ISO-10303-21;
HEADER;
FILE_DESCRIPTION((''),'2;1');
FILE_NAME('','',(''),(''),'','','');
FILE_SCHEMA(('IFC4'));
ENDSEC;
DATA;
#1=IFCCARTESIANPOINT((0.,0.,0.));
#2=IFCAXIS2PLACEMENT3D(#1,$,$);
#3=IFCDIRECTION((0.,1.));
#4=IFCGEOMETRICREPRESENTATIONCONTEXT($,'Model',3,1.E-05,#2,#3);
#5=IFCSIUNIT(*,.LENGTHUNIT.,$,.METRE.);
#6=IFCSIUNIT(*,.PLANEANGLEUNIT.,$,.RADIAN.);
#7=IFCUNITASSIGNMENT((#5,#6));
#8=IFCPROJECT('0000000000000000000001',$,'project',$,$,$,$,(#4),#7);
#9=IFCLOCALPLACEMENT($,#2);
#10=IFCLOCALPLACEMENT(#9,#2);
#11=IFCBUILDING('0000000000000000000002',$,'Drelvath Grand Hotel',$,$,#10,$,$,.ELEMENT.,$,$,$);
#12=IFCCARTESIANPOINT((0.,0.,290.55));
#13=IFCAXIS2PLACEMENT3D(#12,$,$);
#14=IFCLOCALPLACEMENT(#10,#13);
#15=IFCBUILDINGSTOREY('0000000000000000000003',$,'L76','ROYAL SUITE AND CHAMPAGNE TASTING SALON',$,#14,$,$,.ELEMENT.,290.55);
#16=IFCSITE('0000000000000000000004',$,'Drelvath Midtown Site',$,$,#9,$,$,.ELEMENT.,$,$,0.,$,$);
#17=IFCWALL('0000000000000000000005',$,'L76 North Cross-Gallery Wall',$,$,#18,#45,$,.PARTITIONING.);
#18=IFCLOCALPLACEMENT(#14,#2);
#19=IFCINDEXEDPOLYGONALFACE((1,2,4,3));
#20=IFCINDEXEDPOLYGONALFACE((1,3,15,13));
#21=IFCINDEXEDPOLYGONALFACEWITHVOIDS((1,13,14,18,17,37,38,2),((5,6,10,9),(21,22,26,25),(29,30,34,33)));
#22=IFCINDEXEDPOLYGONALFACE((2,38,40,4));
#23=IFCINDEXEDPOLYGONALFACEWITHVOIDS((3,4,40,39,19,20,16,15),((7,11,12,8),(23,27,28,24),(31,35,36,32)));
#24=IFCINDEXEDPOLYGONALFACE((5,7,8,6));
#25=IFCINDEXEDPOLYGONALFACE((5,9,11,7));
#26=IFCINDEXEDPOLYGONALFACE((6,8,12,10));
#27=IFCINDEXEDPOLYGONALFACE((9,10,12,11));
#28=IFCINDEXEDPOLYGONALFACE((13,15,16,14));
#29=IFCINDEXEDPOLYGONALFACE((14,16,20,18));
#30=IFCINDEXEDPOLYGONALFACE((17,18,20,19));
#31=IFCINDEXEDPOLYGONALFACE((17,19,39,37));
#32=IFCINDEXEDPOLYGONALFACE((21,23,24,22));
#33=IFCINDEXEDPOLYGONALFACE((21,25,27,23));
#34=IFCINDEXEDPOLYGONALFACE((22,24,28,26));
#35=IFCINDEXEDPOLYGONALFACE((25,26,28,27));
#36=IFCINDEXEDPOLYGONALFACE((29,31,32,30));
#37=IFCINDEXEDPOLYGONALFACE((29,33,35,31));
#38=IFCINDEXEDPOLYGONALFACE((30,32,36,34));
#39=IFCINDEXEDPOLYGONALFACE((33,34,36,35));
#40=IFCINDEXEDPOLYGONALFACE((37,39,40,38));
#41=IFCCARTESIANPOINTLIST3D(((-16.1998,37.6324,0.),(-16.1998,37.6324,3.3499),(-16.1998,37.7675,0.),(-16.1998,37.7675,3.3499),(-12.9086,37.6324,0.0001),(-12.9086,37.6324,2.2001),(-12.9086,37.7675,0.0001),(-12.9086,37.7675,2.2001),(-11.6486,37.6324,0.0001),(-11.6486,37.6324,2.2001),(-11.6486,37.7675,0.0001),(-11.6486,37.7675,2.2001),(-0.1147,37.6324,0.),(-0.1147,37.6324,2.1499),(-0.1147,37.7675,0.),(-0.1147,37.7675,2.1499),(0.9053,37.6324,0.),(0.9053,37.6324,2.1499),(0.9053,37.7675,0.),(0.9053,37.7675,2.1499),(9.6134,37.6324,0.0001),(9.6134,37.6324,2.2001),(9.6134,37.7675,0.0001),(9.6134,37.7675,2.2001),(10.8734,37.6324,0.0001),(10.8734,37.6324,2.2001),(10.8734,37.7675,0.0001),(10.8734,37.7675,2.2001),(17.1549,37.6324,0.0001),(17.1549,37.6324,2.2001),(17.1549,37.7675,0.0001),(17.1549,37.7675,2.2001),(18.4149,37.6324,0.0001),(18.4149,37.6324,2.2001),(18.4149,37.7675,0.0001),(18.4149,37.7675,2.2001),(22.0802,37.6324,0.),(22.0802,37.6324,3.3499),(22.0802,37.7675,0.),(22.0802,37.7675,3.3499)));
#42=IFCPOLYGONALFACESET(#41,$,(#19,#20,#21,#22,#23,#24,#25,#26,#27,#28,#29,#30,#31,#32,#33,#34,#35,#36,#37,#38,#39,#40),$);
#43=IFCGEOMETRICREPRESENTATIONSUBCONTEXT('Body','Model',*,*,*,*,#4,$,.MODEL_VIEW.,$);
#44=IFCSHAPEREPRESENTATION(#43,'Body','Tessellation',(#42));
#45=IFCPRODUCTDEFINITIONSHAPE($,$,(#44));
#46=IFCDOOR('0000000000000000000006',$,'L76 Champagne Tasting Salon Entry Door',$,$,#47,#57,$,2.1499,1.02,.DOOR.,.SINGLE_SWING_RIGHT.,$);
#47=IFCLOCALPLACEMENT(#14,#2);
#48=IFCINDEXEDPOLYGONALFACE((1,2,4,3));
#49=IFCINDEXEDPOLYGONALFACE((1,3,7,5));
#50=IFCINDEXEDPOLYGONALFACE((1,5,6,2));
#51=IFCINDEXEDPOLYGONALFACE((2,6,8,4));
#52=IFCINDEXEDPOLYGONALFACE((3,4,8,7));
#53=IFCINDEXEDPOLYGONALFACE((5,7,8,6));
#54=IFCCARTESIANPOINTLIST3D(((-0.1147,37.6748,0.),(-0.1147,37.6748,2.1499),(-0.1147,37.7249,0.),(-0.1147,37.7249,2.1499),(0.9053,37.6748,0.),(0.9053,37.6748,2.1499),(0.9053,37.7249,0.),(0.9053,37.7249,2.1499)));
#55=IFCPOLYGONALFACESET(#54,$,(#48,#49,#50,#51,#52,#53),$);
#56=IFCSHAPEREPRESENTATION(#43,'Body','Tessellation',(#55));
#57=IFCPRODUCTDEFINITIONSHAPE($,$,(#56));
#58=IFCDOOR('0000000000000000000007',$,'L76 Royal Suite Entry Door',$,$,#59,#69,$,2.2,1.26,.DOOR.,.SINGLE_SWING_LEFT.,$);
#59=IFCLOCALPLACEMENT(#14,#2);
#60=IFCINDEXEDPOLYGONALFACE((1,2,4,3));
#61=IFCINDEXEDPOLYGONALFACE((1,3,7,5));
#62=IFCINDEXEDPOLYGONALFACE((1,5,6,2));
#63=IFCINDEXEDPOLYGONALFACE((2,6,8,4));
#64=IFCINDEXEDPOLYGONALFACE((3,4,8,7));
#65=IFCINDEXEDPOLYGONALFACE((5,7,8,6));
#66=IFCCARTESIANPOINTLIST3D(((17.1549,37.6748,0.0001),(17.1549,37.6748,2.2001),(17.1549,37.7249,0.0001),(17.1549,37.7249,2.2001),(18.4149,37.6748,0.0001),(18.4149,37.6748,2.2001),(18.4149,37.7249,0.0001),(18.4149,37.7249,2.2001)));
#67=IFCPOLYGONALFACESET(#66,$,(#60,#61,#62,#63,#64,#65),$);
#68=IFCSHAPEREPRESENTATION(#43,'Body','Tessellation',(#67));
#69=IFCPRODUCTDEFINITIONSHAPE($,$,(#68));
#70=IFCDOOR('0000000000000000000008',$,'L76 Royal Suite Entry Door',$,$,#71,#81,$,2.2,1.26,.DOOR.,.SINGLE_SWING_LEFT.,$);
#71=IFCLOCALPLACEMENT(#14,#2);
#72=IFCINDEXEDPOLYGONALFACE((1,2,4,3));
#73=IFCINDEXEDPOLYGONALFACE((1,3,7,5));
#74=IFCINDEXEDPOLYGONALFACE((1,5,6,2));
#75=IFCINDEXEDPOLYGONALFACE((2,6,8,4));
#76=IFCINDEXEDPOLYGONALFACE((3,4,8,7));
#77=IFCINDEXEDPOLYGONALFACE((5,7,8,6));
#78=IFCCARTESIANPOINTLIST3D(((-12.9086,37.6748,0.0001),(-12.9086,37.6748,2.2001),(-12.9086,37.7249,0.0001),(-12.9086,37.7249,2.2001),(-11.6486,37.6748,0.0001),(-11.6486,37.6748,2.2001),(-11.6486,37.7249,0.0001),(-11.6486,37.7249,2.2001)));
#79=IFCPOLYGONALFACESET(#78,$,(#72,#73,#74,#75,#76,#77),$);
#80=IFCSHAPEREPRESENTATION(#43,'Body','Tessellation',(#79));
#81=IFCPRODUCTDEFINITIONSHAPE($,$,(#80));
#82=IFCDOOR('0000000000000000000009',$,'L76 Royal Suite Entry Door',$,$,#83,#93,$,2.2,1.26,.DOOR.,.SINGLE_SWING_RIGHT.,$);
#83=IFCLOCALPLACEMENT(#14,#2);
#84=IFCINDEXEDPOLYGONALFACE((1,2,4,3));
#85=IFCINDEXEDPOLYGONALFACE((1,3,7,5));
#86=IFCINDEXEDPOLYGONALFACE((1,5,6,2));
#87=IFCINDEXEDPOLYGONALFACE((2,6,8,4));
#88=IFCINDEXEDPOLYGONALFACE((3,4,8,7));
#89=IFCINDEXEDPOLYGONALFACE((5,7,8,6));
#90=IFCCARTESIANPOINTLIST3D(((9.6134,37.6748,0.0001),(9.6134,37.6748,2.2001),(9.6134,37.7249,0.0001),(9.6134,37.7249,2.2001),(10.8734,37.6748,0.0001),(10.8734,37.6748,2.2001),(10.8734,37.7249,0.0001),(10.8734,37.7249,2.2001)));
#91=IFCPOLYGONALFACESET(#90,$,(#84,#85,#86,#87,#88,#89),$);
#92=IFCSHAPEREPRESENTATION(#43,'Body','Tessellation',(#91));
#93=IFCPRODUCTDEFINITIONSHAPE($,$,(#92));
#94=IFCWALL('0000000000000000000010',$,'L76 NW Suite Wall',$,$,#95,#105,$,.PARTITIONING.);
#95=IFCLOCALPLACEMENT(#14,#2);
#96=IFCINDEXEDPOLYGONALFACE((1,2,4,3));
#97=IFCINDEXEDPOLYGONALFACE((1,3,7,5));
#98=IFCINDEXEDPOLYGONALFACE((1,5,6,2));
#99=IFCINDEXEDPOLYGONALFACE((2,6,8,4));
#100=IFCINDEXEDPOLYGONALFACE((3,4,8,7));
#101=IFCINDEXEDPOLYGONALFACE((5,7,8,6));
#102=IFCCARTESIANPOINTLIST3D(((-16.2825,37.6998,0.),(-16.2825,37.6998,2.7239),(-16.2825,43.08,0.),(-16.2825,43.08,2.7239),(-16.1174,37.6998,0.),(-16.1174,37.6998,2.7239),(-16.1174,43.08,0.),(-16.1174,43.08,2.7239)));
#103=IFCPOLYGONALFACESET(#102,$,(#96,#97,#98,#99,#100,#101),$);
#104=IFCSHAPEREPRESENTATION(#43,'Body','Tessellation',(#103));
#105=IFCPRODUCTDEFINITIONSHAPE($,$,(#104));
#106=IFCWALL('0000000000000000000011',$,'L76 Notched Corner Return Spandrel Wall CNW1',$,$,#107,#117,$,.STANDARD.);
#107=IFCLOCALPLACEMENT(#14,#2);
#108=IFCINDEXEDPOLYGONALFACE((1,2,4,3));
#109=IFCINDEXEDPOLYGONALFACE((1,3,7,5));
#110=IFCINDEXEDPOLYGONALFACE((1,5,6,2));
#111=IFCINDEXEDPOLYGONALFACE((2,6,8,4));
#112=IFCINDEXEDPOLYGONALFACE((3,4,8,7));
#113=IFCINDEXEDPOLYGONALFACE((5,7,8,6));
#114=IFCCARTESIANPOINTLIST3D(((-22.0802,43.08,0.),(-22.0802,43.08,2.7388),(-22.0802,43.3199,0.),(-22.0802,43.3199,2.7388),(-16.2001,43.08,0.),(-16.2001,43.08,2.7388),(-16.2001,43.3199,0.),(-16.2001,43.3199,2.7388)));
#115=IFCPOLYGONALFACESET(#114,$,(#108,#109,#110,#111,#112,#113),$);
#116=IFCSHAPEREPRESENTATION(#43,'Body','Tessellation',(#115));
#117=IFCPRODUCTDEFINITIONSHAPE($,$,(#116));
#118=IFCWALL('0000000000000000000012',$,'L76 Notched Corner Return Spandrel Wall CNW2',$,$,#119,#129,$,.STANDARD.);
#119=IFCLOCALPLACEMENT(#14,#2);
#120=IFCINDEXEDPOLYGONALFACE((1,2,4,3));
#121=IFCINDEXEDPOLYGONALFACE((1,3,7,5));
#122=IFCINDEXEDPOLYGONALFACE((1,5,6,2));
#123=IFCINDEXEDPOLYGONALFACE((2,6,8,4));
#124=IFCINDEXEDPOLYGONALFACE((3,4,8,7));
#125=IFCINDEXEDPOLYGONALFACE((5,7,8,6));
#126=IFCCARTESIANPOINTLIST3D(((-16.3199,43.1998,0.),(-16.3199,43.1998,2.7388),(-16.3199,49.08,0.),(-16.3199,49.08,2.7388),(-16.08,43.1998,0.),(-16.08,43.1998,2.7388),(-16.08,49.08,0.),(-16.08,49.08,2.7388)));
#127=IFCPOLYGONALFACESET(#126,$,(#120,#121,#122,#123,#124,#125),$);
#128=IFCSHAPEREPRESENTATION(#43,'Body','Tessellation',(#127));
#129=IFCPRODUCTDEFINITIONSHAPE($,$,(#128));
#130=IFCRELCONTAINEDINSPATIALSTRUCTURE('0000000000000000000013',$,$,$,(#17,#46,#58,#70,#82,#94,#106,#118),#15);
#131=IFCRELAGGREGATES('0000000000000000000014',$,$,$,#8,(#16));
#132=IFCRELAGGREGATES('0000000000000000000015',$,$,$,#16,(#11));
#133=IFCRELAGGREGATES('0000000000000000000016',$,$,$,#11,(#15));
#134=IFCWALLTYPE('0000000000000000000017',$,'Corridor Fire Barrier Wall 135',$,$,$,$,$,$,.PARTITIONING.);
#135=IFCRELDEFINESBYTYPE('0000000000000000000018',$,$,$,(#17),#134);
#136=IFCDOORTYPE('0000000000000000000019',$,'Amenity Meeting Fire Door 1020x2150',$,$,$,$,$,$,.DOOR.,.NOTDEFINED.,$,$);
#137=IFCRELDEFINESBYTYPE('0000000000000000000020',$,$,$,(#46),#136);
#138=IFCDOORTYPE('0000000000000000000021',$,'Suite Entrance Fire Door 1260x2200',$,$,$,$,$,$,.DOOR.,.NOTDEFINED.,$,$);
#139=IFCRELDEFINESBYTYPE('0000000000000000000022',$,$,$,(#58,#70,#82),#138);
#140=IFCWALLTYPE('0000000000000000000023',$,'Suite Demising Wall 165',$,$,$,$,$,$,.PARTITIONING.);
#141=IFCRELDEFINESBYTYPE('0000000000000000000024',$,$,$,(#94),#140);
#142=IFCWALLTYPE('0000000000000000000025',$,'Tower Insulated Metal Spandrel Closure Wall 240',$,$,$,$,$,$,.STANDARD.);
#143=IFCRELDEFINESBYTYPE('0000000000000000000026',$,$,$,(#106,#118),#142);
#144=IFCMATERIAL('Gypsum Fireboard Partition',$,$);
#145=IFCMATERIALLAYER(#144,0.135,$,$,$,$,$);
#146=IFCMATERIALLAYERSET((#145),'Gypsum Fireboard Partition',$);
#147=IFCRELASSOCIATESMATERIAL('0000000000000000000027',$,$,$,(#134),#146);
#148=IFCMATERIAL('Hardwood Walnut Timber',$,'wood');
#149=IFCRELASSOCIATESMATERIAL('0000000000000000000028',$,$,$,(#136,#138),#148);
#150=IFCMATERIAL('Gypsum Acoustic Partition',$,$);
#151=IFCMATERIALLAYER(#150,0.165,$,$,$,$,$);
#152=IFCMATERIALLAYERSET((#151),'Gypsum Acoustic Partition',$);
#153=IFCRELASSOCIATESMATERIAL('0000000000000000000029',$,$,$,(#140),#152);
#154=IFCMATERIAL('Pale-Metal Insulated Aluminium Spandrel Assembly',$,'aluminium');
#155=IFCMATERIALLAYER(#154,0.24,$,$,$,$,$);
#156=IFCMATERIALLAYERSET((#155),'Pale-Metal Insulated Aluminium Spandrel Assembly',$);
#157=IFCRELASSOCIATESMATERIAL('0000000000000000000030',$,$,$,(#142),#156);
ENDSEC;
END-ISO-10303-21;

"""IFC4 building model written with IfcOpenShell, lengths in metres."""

from ifc_helpers import new_model, si_unit, direction, frame, frame_2d, origin, place, context, subcontext, project, spatial, rectangle, extrude, material, layer, layer_set, type_object, element, fill, save


model = new_model("IFC4")

# Units and contexts
model_context = context("Model", 3, precision=1e-05, world=origin(), true_north=direction((0.0, 1.0)))
body_context = subcontext(model_context, "Body", "Model", "MODEL_VIEW")
ifc_project = project(units=[si_unit("LENGTHUNIT", "METRE"), si_unit("PLANEANGLEUNIT", "RADIAN")], contexts=[model_context])

# Site, building, storey
site_placement = place(None, origin())
site = spatial("IfcSite", under=ifc_project, at=site_placement, Name="Drelvath Midtown Site", CompositionType="ELEMENT", RefElevation=0.0)
building_placement = place(site_placement, origin())
building = spatial("IfcBuilding", under=site, at=building_placement, Name="Drelvath Grand Hotel", CompositionType="ELEMENT")
storey_placement = place(building_placement, frame((0.0, 0.0, 290.55)))
storey = spatial("IfcBuildingStorey", under=building, at=storey_placement, Name="L76", Description="ROYAL SUITE AND CHAMPAGNE TASTING SALON", CompositionType="ELEMENT", Elevation=290.55)

# Wall, openings, doors
ifc_material_1 = material(Name="Gypsum Fireboard Partition")
ifc_layer_1 = layer(ifc_material_1, 0.135)
ifc_layer_set_1 = layer_set([ifc_layer_1], Name="Gypsum Fireboard Partition")
wall_type_1 = type_object("IfcWallType", Name="Corridor Fire Barrier Wall 135", PredefinedType="PARTITIONING", material=ifc_layer_set_1)
wall_1_placement = place(storey_placement, frame((-16.2, 37.7, 0.0), z_axis=(0.0, 0.0, 1.0), x_axis=(1.0, 0.0, 0.0)))
wall_1 = element("IfcWall", 1, at=wall_1_placement, inside=storey, type_object=wall_type_1, Name="L76 North Cross-Gallery Wall", PredefinedType="PARTITIONING", context=body_context, shape_type="SweptSolid", body=[
    extrude(rectangle(XDim=38.28, YDim=0.135, at=frame_2d((19.1401, 0.0))), origin(), (0.0, 0.0, 1.0), 3.3499),
])
opening_1_placement = place(wall_1_placement, frame((33.355, 0.0, 0.0)))
opening_1 = element("IfcOpeningElement", 2, at=opening_1_placement, cuts=wall_1, PredefinedType="OPENING", context=body_context, shape_type="SweptSolid", body=[
    extrude(rectangle(XDim=1.26, YDim=2.2, at=frame_2d((0.6299, 1.1001))), frame((0.0, 0.0774, 0.0), z_axis=(0.0, -1.0, 0.0), x_axis=(1.0, 0.0, 0.0)), (0.0, 0.0, 1.0), 0.155),
])
opening_2_placement = place(wall_1_placement, frame((3.2915, 0.0, 0.0)))
opening_2 = element("IfcOpeningElement", 3, at=opening_2_placement, cuts=wall_1, PredefinedType="OPENING", context=body_context, shape_type="SweptSolid", body=[
    extrude(rectangle(XDim=1.26, YDim=2.2, at=frame_2d((0.6299, 1.1001))), frame((0.0, 0.0774, 0.0), z_axis=(0.0, -1.0, 0.0), x_axis=(1.0, 0.0, 0.0)), (0.0, 0.0, 1.0), 0.155),
])
opening_3_placement = place(wall_1_placement, frame((16.0852, 0.0, 0.0)))
opening_3 = element("IfcOpeningElement", 4, at=opening_3_placement, cuts=wall_1, PredefinedType="OPENING", context=body_context, shape_type="SweptSolid", body=[
    extrude(rectangle(XDim=1.02, YDim=2.1499, at=frame_2d((0.51, 1.075))), frame((0.0, 0.0774, 0.0), z_axis=(0.0, -1.0, 0.0), x_axis=(1.0, 0.0, 0.0)), (0.0, 0.0, 1.0), 0.155),
])
opening_4_placement = place(wall_1_placement, frame((25.8135, 0.0, 0.0)))
opening_4 = element("IfcOpeningElement", 5, at=opening_4_placement, cuts=wall_1, PredefinedType="OPENING", context=body_context, shape_type="SweptSolid", body=[
    extrude(rectangle(XDim=1.26, YDim=2.2, at=frame_2d((0.6299, 1.1001))), frame((0.0, 0.0774, 0.0), z_axis=(0.0, -1.0, 0.0), x_axis=(1.0, 0.0, 0.0)), (0.0, 0.0, 1.0), 0.155),
])
ifc_material_2 = material(Name="Hardwood Walnut Timber", Category="wood")
door_type_1 = type_object("IfcDoorType", Name="Amenity Meeting Fire Door 1020x2150", OperationType="NOTDEFINED", PredefinedType="DOOR", material=ifc_material_2)
door_1_placement = place(opening_3_placement, origin())
door_1 = element("IfcDoor", 6, at=door_1_placement, inside=storey, type_object=door_type_1, Name="L76 Champagne Tasting Salon Entry Door", OperationType="SINGLE_SWING_RIGHT", OverallHeight=2.1499, OverallWidth=1.02, PredefinedType="DOOR", context=body_context, shape_type="SweptSolid", body=[
    extrude(rectangle(XDim=1.02, YDim=2.1499, at=frame_2d((0.51, 1.075))), frame((0.0, 0.0249, 0.0), z_axis=(0.0, -1.0, 0.0), x_axis=(1.0, 0.0, 0.0)), (0.0, 0.0, 1.0), 0.05),
])
fill(opening_3, door_1)
door_type_2 = type_object("IfcDoorType", Name="Suite Entrance Fire Door 1260x2200", OperationType="NOTDEFINED", PredefinedType="DOOR", material=ifc_material_2)
door_2_placement = place(opening_1_placement, origin())
door_2 = element("IfcDoor", 7, at=door_2_placement, inside=storey, type_object=door_type_2, Name="L76 Royal Suite Entry Door", OperationType="SINGLE_SWING_LEFT", OverallHeight=2.2, OverallWidth=1.26, PredefinedType="DOOR", context=body_context, shape_type="SweptSolid", body=[
    extrude(rectangle(XDim=1.26, YDim=2.2, at=frame_2d((0.6299, 1.1001))), frame((0.0, 0.0249, 0.0), z_axis=(0.0, -1.0, 0.0), x_axis=(1.0, 0.0, 0.0)), (0.0, 0.0, 1.0), 0.05),
])
fill(opening_1, door_2)
door_3_placement = place(opening_2_placement, origin())
door_3 = element("IfcDoor", 8, at=door_3_placement, inside=storey, type_object=door_type_2, Name="L76 Royal Suite Entry Door", OperationType="SINGLE_SWING_LEFT", OverallHeight=2.2, OverallWidth=1.26, PredefinedType="DOOR", context=body_context, shape_type="SweptSolid", body=[
    extrude(rectangle(XDim=1.26, YDim=2.2, at=frame_2d((0.6299, 1.1001))), frame((0.0, 0.0249, 0.0), z_axis=(0.0, -1.0, 0.0), x_axis=(1.0, 0.0, 0.0)), (0.0, 0.0, 1.0), 0.05),
])
fill(opening_2, door_3)
door_4_placement = place(opening_4_placement, origin())
door_4 = element("IfcDoor", 9, at=door_4_placement, inside=storey, type_object=door_type_2, Name="L76 Royal Suite Entry Door", OperationType="SINGLE_SWING_RIGHT", OverallHeight=2.2, OverallWidth=1.26, PredefinedType="DOOR", context=body_context, shape_type="SweptSolid", body=[
    extrude(rectangle(XDim=1.26, YDim=2.2, at=frame_2d((0.6299, 1.1001))), frame((0.0, 0.0249, 0.0), z_axis=(0.0, -1.0, 0.0), x_axis=(1.0, 0.0, 0.0)), (0.0, 0.0, 1.0), 0.05),
])
fill(opening_4, door_4)

# Walls
ifc_material_3 = material(Name="Gypsum Acoustic Partition")
ifc_layer_2 = layer(ifc_material_3, 0.165)
ifc_layer_set_2 = layer_set([ifc_layer_2], Name="Gypsum Acoustic Partition")
wall_type_2 = type_object("IfcWallType", Name="Suite Demising Wall 165", PredefinedType="PARTITIONING", material=ifc_layer_set_2)
wall_2_placement = place(storey_placement, frame((-16.2, 37.7, 0.0), z_axis=(0.0, 0.0, 1.0), x_axis=(0.0, 1.0, 0.0)))
element("IfcWall", 10, at=wall_2_placement, inside=storey, type_object=wall_type_2, Name="L76 NW Suite Wall", PredefinedType="PARTITIONING", context=body_context, shape_type="SweptSolid", body=[
    extrude(rectangle(XDim=5.3801, YDim=0.165, at=frame_2d((2.6899, 0.0))), origin(), (0.0, 0.0, 1.0), 2.7239),
])
ifc_material_4 = material(Name="Pale-Metal Insulated Aluminium Spandrel Assembly", Category="aluminium")
ifc_layer_3 = layer(ifc_material_4, 0.24)
ifc_layer_set_3 = layer_set([ifc_layer_3], Name="Pale-Metal Insulated Aluminium Spandrel Assembly")
wall_type_3 = type_object("IfcWallType", Name="Tower Insulated Metal Spandrel Closure Wall 240", PredefinedType="STANDARD", material=ifc_layer_set_3)
for number, where, z_axis, x_axis, name in (
    (11, (-22.0801, 43.2, 0.0), (0.0, 0.0, 1.0), (1.0, 0.0, 0.0), "L76 Notched Corner Return Spandrel Wall CNW1"),
    (12, (-16.2, 43.2, 0.0), (0.0, 0.0, 1.0), (0.0, 1.0, 0.0), "L76 Notched Corner Return Spandrel Wall CNW2"),
):
    element("IfcWall", number, at=place(storey_placement, frame(where, z_axis=z_axis, x_axis=x_axis)), inside=storey, type_object=wall_type_3, Name=name, PredefinedType="STANDARD", context=body_context, shape_type="SweptSolid", body=[
        extrude(rectangle(XDim=5.8801, YDim=0.24, at=frame_2d((2.9399, 0.0))), origin(), (0.0, 0.0, 1.0), 2.7388),
    ])

save(model, "model.ifc")
